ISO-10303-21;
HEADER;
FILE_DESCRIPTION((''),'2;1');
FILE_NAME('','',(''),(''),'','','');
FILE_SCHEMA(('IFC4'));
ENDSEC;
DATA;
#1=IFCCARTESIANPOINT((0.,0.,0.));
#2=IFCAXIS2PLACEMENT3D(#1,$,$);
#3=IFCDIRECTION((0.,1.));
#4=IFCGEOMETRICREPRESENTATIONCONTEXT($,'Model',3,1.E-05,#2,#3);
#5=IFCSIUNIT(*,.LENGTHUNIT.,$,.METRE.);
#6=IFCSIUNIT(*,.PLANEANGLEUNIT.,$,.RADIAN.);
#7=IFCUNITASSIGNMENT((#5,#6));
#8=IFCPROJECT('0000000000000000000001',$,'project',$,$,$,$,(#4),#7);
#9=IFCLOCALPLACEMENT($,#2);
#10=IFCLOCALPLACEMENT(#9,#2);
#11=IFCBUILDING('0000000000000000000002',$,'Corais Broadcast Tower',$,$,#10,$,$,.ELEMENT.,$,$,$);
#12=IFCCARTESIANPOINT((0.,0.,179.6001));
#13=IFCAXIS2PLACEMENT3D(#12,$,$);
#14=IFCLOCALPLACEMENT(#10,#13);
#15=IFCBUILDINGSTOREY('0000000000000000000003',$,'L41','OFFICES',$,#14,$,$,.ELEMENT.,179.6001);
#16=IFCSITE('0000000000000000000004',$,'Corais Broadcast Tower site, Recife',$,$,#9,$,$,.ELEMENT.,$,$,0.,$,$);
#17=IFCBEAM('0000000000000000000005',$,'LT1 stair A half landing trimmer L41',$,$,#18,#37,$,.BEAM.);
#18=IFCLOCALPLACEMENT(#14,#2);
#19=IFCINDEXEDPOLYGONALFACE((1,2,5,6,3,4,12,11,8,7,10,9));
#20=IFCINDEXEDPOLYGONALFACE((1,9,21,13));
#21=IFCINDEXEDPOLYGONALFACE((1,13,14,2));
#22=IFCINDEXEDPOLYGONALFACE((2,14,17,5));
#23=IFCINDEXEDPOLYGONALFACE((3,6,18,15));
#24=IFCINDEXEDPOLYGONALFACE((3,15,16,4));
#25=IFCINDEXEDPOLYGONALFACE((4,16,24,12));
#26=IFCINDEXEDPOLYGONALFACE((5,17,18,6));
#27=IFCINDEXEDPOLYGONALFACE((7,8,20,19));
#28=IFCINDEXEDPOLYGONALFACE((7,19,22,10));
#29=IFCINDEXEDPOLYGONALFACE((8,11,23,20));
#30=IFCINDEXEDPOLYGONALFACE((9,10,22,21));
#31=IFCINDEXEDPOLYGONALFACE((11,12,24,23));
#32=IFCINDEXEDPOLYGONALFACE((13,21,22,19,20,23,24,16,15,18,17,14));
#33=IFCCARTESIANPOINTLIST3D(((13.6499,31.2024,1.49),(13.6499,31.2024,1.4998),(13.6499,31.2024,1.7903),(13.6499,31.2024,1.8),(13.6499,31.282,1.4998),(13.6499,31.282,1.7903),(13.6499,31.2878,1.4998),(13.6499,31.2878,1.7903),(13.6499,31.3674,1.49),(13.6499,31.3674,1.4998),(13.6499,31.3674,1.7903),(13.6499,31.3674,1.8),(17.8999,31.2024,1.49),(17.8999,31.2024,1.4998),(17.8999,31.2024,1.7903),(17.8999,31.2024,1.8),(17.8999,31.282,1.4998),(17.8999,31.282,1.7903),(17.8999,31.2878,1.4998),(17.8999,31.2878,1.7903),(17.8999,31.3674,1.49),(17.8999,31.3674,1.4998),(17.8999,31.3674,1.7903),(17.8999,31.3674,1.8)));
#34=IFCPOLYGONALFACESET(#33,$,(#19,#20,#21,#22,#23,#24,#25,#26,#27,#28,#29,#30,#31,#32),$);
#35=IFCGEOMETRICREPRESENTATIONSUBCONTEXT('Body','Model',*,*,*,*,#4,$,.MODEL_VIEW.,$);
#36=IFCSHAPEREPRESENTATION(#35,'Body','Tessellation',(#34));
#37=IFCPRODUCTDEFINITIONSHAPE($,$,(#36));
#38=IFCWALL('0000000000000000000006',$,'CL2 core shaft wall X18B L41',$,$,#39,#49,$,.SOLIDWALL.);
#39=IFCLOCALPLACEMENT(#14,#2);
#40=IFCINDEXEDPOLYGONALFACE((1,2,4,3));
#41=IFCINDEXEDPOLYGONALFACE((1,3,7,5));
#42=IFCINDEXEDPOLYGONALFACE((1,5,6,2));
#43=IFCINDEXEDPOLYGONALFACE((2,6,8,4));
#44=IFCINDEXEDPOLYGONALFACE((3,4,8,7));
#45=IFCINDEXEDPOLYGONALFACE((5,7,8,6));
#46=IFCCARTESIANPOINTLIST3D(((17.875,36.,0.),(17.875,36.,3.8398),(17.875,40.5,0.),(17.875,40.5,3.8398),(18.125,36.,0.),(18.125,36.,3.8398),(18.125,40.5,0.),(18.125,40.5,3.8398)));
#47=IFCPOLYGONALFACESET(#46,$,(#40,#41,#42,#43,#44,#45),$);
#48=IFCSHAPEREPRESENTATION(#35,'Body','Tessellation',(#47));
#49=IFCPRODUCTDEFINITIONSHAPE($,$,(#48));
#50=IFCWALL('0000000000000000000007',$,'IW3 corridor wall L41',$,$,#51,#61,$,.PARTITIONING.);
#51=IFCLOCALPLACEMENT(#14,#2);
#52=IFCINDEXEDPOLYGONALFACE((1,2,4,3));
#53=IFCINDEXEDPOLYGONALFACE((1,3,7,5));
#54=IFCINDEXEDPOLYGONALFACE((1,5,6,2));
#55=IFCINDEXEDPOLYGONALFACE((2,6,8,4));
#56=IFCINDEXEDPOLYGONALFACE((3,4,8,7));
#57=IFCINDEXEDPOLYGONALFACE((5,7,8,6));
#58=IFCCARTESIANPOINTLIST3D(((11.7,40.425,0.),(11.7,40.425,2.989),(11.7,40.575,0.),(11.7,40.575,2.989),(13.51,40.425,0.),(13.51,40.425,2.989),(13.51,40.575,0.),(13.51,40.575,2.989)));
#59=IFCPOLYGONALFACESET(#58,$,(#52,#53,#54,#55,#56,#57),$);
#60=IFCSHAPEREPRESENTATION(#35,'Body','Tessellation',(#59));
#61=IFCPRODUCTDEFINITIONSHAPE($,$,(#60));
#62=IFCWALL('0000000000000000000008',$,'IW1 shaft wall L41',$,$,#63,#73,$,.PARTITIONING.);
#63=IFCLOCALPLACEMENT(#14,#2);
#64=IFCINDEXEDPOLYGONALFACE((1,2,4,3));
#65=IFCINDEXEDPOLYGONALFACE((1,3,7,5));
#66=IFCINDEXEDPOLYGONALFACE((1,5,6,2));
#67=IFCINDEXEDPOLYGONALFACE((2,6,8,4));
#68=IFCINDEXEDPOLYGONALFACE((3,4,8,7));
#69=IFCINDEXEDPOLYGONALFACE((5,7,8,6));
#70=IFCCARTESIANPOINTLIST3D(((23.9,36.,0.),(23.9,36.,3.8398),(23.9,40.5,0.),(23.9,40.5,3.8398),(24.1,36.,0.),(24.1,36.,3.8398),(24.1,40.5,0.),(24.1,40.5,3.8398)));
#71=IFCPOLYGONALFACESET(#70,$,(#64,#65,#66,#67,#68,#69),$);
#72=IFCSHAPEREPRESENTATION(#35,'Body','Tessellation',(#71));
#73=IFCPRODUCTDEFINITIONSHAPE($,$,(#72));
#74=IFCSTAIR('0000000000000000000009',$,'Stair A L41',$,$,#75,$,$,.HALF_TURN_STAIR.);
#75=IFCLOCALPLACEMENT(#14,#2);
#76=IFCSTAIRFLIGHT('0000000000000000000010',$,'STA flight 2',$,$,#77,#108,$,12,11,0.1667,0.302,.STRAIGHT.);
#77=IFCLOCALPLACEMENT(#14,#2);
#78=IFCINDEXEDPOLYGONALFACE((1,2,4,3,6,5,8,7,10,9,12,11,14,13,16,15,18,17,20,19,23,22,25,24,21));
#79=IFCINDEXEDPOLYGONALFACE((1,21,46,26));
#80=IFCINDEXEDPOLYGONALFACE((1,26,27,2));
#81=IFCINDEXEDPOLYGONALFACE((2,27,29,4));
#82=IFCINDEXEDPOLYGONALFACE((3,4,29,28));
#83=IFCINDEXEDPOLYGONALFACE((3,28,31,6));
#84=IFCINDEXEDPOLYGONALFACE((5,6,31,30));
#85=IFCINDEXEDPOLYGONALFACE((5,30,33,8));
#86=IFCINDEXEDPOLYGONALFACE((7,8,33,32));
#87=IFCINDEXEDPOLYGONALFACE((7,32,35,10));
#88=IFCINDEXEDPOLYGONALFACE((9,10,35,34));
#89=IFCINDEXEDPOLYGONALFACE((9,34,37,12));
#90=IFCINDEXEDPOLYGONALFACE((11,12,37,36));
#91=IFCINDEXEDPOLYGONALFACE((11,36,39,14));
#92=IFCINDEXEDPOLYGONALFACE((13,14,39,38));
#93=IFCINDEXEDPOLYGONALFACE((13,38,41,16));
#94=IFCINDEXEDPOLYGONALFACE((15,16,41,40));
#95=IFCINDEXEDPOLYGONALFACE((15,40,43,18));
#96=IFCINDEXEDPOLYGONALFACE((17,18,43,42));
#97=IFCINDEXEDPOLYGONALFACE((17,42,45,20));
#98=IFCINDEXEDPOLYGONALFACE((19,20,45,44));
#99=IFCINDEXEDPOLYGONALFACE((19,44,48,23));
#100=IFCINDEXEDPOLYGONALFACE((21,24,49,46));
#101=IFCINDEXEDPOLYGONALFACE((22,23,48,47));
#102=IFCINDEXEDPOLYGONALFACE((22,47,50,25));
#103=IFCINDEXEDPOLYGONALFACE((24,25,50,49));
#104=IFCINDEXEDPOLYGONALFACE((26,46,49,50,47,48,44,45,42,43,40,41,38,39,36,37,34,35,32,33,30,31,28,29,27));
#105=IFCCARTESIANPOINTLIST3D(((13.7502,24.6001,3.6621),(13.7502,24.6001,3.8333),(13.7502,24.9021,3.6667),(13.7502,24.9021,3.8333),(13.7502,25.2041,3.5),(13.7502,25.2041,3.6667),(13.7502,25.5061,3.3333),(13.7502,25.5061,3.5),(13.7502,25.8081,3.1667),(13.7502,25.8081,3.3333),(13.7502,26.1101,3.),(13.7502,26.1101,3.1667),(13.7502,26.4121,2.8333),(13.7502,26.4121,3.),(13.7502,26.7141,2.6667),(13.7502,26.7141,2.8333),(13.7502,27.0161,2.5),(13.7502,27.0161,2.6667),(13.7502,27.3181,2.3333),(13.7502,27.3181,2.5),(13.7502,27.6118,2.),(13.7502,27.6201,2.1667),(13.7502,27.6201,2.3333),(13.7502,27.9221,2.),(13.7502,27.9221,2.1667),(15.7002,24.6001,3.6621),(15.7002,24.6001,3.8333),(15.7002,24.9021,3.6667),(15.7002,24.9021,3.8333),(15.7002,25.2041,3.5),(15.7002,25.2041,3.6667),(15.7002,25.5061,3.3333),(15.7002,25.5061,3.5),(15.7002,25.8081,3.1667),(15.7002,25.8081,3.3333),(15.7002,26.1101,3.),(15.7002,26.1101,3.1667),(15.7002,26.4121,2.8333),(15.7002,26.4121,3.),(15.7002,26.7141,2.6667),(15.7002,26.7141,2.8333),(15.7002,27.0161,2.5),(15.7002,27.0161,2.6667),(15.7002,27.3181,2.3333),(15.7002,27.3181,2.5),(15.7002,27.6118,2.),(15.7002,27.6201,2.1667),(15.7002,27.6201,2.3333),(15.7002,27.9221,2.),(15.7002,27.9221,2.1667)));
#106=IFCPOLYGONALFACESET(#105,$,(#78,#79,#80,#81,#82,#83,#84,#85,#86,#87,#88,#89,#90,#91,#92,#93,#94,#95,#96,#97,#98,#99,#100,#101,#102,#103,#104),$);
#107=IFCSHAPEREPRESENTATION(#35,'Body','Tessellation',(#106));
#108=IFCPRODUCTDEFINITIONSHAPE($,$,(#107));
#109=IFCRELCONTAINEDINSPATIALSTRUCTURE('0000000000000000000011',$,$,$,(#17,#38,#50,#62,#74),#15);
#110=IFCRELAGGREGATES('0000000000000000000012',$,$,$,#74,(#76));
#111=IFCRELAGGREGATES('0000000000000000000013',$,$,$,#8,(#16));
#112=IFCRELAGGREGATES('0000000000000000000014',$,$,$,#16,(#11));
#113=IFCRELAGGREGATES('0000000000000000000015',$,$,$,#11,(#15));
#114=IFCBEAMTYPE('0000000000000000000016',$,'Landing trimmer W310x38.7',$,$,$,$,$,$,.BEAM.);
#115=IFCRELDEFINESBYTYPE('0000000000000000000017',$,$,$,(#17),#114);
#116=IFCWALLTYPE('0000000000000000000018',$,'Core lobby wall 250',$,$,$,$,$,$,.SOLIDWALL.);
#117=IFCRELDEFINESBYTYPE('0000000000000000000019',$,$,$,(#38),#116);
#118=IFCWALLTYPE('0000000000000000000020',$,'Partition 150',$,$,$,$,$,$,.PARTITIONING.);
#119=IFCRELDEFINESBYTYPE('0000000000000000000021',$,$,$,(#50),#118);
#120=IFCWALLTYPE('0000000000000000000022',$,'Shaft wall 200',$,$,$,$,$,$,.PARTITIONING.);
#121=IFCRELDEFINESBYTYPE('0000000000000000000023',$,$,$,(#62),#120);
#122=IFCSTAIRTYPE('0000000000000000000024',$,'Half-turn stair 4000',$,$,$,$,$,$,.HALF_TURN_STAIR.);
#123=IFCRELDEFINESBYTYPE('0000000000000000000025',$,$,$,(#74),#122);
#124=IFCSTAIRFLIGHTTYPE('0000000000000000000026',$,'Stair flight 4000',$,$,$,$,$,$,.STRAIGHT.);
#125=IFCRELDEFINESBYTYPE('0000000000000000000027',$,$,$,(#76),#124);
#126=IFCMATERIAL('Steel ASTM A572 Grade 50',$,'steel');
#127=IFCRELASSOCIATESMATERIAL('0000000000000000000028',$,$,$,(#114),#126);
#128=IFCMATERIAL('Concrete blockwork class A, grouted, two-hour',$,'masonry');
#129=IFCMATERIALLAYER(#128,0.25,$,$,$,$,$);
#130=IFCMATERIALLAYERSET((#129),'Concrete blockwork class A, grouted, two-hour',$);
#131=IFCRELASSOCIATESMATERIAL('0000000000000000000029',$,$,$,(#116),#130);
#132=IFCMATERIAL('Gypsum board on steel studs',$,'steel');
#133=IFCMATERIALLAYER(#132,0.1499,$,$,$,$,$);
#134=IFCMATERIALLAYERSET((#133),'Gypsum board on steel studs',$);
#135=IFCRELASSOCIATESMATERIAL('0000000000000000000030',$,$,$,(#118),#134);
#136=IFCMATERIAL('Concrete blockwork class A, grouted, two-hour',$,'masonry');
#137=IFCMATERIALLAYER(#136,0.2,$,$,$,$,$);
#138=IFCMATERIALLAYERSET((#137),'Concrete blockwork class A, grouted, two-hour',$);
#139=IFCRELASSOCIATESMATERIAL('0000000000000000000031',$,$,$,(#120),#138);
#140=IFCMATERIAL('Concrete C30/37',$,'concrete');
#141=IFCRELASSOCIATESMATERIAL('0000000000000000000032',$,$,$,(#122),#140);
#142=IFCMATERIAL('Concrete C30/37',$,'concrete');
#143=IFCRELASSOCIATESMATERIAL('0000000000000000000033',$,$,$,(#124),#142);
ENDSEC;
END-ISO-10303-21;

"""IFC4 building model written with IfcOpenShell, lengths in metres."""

from ifc_helpers import new_model, si_unit, direction, frame, frame_2d, origin, origin_2d, place, context, subcontext, project, spatial, polyline, rectangle, i_section, outline, extrude, material, layer, layer_set, material_profile, profile_set, type_object, element, aggregate, save


model = new_model("IFC4")

# Units and contexts
model_context = context("Model", 3, precision=1e-05, world=origin(), true_north=direction((0.0, 1.0)))
body_context = subcontext(model_context, "Body", "Model", "MODEL_VIEW")
ifc_project = project(units=[si_unit("LENGTHUNIT", "METRE"), si_unit("PLANEANGLEUNIT", "RADIAN")], contexts=[model_context])

# Site, building, storey
site_placement = place(None, origin())
site = spatial("IfcSite", under=ifc_project, at=site_placement, Name="Corais Broadcast Tower site, Recife", CompositionType="ELEMENT", RefElevation=0.0)
building_placement = place(site_placement, origin())
building = spatial("IfcBuilding", under=site, at=building_placement, Name="Corais Broadcast Tower", CompositionType="ELEMENT")
storey_placement = place(building_placement, frame((0.0, 0.0, 179.6001)))
storey = spatial("IfcBuildingStorey", under=building, at=storey_placement, Name="L41", Description="OFFICES", CompositionType="ELEMENT", Elevation=179.6001)

# Beam
ifc_material_1 = material(Name="Steel ASTM A572 Grade 50", Category="steel")
ifc_material_profile = material_profile(ifc_material_1, i_section(OverallWidth=0.165, OverallDepth=0.3101, WebThickness=0.0059, FlangeThickness=0.0098, at=origin_2d()), Name="W310x38.7")
ifc_profile_set = profile_set([ifc_material_profile], Name="Steel ASTM A572 Grade 50")
beam_type = type_object("IfcBeamType", Name="Landing trimmer W310x38.7", PredefinedType="BEAM", material=ifc_profile_set)
beam_placement = place(storey_placement, frame((13.6499, 31.2849, 1.645), z_axis=(1.0, 0.0, 0.0), x_axis=(0.0, 1.0, 0.0)))
element("IfcBeam", 1, at=beam_placement, inside=storey, type_object=beam_type, Name="LT1 stair A half landing trimmer L41", PredefinedType="BEAM", context=body_context, shape_type="SweptSolid", body=[
    extrude(i_section(OverallWidth=0.165, OverallDepth=0.3101, WebThickness=0.0059, FlangeThickness=0.0098, at=origin_2d()), origin(), (0.0, 0.0, 1.0), 4.25),
])

# Walls
ifc_material_2 = material(Name="Concrete blockwork class A, grouted, two-hour", Category="masonry")
ifc_layer_1 = layer(ifc_material_2, 0.25)
ifc_layer_set_1 = layer_set([ifc_layer_1], Name="Concrete blockwork class A, grouted, two-hour")
wall_type_1 = type_object("IfcWallType", Name="Core lobby wall 250", PredefinedType="SOLIDWALL", material=ifc_layer_set_1)
wall_1_placement = place(storey_placement, frame((18.0, 36.0, 0.0), z_axis=(0.0, 0.0, 1.0), x_axis=(0.0, 1.0, 0.0)))
element("IfcWall", 2, at=wall_1_placement, inside=storey, type_object=wall_type_1, Name="CL2 core shaft wall X18B L41", PredefinedType="SOLIDWALL", context=body_context, shape_type="SweptSolid", body=[
    extrude(rectangle(XDim=4.5, YDim=0.25, at=frame_2d((2.25, 0.0))), origin(), (0.0, 0.0, 1.0), 3.8398),
])
ifc_material_3 = material(Name="Gypsum board on steel studs", Category="steel")
ifc_layer_2 = layer(ifc_material_3, 0.1499)
ifc_layer_set_2 = layer_set([ifc_layer_2], Name="Gypsum board on steel studs")
wall_type_2 = type_object("IfcWallType", Name="Partition 150", PredefinedType="PARTITIONING", material=ifc_layer_set_2)
wall_2_placement = place(storey_placement, frame((13.51, 40.5, 0.0), z_axis=(0.0, 0.0, 1.0), x_axis=(-1.0, 0.0, 0.0)))
element("IfcWall", 3, at=wall_2_placement, inside=storey, type_object=wall_type_2, Name="IW3 corridor wall L41", PredefinedType="PARTITIONING", context=body_context, shape_type="SweptSolid", body=[
    extrude(rectangle(XDim=1.8101, YDim=0.1499, at=frame_2d((0.905, 0.0))), origin(), (0.0, 0.0, 1.0), 2.989),
])
ifc_material_4 = material(Name="Concrete blockwork class A, grouted, two-hour", Category="masonry")
ifc_layer_3 = layer(ifc_material_4, 0.2)
ifc_layer_set_3 = layer_set([ifc_layer_3], Name="Concrete blockwork class A, grouted, two-hour")
wall_type_3 = type_object("IfcWallType", Name="Shaft wall 200", PredefinedType="PARTITIONING", material=ifc_layer_set_3)
wall_3_placement = place(storey_placement, frame((24.0, 36.0, 0.0), z_axis=(0.0, 0.0, 1.0), x_axis=(0.0, 1.0, 0.0)))
element("IfcWall", 4, at=wall_3_placement, inside=storey, type_object=wall_type_3, Name="IW1 shaft wall L41", PredefinedType="PARTITIONING", context=body_context, shape_type="SweptSolid", body=[
    extrude(rectangle(XDim=4.5, YDim=0.2, at=frame_2d((2.25, 0.0))), origin(), (0.0, 0.0, 1.0), 3.8398),
])

# Stair, stair flight
ifc_material_5 = material(Name="Concrete C30/37", Category="concrete")
stair_type = type_object("IfcStairType", Name="Half-turn stair 4000", PredefinedType="HALF_TURN_STAIR", material=ifc_material_5)
stair_placement = place(storey_placement, origin())
stair = element("IfcStair", 5, at=stair_placement, inside=storey, type_object=stair_type, Name="Stair A L41", PredefinedType="HALF_TURN_STAIR")
ifc_material_6 = material(Name="Concrete C30/37", Category="concrete")
stair_flight_type = type_object("IfcStairFlightType", Name="Stair flight 4000", PredefinedType="STRAIGHT", material=ifc_material_6)
stair_flight_placement = place(storey_placement, frame((14.7251, 27.9221, 2.0), z_axis=(0.0, 0.0, 1.0), x_axis=(0.0, -1.0, 0.0)))
stair_flight = element("IfcStairFlight", 6, at=stair_flight_placement, type_object=stair_flight_type, Name="STA flight 2", NumberOfRisers=12, NumberOfTreads=11, PredefinedType="STRAIGHT", RiserHeight=0.1667, TreadLength=0.302, context=body_context, shape_type="SweptSolid", body=[
    extrude(outline(polyline([(0.0, 0.0), (0.0, 0.1667), (0.302, 0.1667), (0.302, 0.3333), (0.604, 0.3333), (0.604, 0.5), (0.906, 0.5), (0.906, 0.6667), (1.208, 0.6667), (1.208, 0.8333), (1.51, 0.8333), (1.51, 1.0), (1.812, 1.0), (1.812, 1.1667), (2.114, 1.1667), (2.114, 1.3333), (2.416, 1.3333), (2.416, 1.5), (2.718, 1.5), (2.718, 1.6667), (3.02, 1.6667), (3.02, 1.8333), (3.322, 1.8333), (3.322, 2.0), (3.322, 1.6621), (0.3103, 0.0), (0.0, 0.0)])), frame((0.0, 0.9751, 0.0), z_axis=(0.0, -1.0, 0.0), x_axis=(1.0, 0.0, 0.0)), (0.0, 0.0, 1.0), 1.95),
])
aggregate(stair, [stair_flight])

save(model, "model.ifc")
